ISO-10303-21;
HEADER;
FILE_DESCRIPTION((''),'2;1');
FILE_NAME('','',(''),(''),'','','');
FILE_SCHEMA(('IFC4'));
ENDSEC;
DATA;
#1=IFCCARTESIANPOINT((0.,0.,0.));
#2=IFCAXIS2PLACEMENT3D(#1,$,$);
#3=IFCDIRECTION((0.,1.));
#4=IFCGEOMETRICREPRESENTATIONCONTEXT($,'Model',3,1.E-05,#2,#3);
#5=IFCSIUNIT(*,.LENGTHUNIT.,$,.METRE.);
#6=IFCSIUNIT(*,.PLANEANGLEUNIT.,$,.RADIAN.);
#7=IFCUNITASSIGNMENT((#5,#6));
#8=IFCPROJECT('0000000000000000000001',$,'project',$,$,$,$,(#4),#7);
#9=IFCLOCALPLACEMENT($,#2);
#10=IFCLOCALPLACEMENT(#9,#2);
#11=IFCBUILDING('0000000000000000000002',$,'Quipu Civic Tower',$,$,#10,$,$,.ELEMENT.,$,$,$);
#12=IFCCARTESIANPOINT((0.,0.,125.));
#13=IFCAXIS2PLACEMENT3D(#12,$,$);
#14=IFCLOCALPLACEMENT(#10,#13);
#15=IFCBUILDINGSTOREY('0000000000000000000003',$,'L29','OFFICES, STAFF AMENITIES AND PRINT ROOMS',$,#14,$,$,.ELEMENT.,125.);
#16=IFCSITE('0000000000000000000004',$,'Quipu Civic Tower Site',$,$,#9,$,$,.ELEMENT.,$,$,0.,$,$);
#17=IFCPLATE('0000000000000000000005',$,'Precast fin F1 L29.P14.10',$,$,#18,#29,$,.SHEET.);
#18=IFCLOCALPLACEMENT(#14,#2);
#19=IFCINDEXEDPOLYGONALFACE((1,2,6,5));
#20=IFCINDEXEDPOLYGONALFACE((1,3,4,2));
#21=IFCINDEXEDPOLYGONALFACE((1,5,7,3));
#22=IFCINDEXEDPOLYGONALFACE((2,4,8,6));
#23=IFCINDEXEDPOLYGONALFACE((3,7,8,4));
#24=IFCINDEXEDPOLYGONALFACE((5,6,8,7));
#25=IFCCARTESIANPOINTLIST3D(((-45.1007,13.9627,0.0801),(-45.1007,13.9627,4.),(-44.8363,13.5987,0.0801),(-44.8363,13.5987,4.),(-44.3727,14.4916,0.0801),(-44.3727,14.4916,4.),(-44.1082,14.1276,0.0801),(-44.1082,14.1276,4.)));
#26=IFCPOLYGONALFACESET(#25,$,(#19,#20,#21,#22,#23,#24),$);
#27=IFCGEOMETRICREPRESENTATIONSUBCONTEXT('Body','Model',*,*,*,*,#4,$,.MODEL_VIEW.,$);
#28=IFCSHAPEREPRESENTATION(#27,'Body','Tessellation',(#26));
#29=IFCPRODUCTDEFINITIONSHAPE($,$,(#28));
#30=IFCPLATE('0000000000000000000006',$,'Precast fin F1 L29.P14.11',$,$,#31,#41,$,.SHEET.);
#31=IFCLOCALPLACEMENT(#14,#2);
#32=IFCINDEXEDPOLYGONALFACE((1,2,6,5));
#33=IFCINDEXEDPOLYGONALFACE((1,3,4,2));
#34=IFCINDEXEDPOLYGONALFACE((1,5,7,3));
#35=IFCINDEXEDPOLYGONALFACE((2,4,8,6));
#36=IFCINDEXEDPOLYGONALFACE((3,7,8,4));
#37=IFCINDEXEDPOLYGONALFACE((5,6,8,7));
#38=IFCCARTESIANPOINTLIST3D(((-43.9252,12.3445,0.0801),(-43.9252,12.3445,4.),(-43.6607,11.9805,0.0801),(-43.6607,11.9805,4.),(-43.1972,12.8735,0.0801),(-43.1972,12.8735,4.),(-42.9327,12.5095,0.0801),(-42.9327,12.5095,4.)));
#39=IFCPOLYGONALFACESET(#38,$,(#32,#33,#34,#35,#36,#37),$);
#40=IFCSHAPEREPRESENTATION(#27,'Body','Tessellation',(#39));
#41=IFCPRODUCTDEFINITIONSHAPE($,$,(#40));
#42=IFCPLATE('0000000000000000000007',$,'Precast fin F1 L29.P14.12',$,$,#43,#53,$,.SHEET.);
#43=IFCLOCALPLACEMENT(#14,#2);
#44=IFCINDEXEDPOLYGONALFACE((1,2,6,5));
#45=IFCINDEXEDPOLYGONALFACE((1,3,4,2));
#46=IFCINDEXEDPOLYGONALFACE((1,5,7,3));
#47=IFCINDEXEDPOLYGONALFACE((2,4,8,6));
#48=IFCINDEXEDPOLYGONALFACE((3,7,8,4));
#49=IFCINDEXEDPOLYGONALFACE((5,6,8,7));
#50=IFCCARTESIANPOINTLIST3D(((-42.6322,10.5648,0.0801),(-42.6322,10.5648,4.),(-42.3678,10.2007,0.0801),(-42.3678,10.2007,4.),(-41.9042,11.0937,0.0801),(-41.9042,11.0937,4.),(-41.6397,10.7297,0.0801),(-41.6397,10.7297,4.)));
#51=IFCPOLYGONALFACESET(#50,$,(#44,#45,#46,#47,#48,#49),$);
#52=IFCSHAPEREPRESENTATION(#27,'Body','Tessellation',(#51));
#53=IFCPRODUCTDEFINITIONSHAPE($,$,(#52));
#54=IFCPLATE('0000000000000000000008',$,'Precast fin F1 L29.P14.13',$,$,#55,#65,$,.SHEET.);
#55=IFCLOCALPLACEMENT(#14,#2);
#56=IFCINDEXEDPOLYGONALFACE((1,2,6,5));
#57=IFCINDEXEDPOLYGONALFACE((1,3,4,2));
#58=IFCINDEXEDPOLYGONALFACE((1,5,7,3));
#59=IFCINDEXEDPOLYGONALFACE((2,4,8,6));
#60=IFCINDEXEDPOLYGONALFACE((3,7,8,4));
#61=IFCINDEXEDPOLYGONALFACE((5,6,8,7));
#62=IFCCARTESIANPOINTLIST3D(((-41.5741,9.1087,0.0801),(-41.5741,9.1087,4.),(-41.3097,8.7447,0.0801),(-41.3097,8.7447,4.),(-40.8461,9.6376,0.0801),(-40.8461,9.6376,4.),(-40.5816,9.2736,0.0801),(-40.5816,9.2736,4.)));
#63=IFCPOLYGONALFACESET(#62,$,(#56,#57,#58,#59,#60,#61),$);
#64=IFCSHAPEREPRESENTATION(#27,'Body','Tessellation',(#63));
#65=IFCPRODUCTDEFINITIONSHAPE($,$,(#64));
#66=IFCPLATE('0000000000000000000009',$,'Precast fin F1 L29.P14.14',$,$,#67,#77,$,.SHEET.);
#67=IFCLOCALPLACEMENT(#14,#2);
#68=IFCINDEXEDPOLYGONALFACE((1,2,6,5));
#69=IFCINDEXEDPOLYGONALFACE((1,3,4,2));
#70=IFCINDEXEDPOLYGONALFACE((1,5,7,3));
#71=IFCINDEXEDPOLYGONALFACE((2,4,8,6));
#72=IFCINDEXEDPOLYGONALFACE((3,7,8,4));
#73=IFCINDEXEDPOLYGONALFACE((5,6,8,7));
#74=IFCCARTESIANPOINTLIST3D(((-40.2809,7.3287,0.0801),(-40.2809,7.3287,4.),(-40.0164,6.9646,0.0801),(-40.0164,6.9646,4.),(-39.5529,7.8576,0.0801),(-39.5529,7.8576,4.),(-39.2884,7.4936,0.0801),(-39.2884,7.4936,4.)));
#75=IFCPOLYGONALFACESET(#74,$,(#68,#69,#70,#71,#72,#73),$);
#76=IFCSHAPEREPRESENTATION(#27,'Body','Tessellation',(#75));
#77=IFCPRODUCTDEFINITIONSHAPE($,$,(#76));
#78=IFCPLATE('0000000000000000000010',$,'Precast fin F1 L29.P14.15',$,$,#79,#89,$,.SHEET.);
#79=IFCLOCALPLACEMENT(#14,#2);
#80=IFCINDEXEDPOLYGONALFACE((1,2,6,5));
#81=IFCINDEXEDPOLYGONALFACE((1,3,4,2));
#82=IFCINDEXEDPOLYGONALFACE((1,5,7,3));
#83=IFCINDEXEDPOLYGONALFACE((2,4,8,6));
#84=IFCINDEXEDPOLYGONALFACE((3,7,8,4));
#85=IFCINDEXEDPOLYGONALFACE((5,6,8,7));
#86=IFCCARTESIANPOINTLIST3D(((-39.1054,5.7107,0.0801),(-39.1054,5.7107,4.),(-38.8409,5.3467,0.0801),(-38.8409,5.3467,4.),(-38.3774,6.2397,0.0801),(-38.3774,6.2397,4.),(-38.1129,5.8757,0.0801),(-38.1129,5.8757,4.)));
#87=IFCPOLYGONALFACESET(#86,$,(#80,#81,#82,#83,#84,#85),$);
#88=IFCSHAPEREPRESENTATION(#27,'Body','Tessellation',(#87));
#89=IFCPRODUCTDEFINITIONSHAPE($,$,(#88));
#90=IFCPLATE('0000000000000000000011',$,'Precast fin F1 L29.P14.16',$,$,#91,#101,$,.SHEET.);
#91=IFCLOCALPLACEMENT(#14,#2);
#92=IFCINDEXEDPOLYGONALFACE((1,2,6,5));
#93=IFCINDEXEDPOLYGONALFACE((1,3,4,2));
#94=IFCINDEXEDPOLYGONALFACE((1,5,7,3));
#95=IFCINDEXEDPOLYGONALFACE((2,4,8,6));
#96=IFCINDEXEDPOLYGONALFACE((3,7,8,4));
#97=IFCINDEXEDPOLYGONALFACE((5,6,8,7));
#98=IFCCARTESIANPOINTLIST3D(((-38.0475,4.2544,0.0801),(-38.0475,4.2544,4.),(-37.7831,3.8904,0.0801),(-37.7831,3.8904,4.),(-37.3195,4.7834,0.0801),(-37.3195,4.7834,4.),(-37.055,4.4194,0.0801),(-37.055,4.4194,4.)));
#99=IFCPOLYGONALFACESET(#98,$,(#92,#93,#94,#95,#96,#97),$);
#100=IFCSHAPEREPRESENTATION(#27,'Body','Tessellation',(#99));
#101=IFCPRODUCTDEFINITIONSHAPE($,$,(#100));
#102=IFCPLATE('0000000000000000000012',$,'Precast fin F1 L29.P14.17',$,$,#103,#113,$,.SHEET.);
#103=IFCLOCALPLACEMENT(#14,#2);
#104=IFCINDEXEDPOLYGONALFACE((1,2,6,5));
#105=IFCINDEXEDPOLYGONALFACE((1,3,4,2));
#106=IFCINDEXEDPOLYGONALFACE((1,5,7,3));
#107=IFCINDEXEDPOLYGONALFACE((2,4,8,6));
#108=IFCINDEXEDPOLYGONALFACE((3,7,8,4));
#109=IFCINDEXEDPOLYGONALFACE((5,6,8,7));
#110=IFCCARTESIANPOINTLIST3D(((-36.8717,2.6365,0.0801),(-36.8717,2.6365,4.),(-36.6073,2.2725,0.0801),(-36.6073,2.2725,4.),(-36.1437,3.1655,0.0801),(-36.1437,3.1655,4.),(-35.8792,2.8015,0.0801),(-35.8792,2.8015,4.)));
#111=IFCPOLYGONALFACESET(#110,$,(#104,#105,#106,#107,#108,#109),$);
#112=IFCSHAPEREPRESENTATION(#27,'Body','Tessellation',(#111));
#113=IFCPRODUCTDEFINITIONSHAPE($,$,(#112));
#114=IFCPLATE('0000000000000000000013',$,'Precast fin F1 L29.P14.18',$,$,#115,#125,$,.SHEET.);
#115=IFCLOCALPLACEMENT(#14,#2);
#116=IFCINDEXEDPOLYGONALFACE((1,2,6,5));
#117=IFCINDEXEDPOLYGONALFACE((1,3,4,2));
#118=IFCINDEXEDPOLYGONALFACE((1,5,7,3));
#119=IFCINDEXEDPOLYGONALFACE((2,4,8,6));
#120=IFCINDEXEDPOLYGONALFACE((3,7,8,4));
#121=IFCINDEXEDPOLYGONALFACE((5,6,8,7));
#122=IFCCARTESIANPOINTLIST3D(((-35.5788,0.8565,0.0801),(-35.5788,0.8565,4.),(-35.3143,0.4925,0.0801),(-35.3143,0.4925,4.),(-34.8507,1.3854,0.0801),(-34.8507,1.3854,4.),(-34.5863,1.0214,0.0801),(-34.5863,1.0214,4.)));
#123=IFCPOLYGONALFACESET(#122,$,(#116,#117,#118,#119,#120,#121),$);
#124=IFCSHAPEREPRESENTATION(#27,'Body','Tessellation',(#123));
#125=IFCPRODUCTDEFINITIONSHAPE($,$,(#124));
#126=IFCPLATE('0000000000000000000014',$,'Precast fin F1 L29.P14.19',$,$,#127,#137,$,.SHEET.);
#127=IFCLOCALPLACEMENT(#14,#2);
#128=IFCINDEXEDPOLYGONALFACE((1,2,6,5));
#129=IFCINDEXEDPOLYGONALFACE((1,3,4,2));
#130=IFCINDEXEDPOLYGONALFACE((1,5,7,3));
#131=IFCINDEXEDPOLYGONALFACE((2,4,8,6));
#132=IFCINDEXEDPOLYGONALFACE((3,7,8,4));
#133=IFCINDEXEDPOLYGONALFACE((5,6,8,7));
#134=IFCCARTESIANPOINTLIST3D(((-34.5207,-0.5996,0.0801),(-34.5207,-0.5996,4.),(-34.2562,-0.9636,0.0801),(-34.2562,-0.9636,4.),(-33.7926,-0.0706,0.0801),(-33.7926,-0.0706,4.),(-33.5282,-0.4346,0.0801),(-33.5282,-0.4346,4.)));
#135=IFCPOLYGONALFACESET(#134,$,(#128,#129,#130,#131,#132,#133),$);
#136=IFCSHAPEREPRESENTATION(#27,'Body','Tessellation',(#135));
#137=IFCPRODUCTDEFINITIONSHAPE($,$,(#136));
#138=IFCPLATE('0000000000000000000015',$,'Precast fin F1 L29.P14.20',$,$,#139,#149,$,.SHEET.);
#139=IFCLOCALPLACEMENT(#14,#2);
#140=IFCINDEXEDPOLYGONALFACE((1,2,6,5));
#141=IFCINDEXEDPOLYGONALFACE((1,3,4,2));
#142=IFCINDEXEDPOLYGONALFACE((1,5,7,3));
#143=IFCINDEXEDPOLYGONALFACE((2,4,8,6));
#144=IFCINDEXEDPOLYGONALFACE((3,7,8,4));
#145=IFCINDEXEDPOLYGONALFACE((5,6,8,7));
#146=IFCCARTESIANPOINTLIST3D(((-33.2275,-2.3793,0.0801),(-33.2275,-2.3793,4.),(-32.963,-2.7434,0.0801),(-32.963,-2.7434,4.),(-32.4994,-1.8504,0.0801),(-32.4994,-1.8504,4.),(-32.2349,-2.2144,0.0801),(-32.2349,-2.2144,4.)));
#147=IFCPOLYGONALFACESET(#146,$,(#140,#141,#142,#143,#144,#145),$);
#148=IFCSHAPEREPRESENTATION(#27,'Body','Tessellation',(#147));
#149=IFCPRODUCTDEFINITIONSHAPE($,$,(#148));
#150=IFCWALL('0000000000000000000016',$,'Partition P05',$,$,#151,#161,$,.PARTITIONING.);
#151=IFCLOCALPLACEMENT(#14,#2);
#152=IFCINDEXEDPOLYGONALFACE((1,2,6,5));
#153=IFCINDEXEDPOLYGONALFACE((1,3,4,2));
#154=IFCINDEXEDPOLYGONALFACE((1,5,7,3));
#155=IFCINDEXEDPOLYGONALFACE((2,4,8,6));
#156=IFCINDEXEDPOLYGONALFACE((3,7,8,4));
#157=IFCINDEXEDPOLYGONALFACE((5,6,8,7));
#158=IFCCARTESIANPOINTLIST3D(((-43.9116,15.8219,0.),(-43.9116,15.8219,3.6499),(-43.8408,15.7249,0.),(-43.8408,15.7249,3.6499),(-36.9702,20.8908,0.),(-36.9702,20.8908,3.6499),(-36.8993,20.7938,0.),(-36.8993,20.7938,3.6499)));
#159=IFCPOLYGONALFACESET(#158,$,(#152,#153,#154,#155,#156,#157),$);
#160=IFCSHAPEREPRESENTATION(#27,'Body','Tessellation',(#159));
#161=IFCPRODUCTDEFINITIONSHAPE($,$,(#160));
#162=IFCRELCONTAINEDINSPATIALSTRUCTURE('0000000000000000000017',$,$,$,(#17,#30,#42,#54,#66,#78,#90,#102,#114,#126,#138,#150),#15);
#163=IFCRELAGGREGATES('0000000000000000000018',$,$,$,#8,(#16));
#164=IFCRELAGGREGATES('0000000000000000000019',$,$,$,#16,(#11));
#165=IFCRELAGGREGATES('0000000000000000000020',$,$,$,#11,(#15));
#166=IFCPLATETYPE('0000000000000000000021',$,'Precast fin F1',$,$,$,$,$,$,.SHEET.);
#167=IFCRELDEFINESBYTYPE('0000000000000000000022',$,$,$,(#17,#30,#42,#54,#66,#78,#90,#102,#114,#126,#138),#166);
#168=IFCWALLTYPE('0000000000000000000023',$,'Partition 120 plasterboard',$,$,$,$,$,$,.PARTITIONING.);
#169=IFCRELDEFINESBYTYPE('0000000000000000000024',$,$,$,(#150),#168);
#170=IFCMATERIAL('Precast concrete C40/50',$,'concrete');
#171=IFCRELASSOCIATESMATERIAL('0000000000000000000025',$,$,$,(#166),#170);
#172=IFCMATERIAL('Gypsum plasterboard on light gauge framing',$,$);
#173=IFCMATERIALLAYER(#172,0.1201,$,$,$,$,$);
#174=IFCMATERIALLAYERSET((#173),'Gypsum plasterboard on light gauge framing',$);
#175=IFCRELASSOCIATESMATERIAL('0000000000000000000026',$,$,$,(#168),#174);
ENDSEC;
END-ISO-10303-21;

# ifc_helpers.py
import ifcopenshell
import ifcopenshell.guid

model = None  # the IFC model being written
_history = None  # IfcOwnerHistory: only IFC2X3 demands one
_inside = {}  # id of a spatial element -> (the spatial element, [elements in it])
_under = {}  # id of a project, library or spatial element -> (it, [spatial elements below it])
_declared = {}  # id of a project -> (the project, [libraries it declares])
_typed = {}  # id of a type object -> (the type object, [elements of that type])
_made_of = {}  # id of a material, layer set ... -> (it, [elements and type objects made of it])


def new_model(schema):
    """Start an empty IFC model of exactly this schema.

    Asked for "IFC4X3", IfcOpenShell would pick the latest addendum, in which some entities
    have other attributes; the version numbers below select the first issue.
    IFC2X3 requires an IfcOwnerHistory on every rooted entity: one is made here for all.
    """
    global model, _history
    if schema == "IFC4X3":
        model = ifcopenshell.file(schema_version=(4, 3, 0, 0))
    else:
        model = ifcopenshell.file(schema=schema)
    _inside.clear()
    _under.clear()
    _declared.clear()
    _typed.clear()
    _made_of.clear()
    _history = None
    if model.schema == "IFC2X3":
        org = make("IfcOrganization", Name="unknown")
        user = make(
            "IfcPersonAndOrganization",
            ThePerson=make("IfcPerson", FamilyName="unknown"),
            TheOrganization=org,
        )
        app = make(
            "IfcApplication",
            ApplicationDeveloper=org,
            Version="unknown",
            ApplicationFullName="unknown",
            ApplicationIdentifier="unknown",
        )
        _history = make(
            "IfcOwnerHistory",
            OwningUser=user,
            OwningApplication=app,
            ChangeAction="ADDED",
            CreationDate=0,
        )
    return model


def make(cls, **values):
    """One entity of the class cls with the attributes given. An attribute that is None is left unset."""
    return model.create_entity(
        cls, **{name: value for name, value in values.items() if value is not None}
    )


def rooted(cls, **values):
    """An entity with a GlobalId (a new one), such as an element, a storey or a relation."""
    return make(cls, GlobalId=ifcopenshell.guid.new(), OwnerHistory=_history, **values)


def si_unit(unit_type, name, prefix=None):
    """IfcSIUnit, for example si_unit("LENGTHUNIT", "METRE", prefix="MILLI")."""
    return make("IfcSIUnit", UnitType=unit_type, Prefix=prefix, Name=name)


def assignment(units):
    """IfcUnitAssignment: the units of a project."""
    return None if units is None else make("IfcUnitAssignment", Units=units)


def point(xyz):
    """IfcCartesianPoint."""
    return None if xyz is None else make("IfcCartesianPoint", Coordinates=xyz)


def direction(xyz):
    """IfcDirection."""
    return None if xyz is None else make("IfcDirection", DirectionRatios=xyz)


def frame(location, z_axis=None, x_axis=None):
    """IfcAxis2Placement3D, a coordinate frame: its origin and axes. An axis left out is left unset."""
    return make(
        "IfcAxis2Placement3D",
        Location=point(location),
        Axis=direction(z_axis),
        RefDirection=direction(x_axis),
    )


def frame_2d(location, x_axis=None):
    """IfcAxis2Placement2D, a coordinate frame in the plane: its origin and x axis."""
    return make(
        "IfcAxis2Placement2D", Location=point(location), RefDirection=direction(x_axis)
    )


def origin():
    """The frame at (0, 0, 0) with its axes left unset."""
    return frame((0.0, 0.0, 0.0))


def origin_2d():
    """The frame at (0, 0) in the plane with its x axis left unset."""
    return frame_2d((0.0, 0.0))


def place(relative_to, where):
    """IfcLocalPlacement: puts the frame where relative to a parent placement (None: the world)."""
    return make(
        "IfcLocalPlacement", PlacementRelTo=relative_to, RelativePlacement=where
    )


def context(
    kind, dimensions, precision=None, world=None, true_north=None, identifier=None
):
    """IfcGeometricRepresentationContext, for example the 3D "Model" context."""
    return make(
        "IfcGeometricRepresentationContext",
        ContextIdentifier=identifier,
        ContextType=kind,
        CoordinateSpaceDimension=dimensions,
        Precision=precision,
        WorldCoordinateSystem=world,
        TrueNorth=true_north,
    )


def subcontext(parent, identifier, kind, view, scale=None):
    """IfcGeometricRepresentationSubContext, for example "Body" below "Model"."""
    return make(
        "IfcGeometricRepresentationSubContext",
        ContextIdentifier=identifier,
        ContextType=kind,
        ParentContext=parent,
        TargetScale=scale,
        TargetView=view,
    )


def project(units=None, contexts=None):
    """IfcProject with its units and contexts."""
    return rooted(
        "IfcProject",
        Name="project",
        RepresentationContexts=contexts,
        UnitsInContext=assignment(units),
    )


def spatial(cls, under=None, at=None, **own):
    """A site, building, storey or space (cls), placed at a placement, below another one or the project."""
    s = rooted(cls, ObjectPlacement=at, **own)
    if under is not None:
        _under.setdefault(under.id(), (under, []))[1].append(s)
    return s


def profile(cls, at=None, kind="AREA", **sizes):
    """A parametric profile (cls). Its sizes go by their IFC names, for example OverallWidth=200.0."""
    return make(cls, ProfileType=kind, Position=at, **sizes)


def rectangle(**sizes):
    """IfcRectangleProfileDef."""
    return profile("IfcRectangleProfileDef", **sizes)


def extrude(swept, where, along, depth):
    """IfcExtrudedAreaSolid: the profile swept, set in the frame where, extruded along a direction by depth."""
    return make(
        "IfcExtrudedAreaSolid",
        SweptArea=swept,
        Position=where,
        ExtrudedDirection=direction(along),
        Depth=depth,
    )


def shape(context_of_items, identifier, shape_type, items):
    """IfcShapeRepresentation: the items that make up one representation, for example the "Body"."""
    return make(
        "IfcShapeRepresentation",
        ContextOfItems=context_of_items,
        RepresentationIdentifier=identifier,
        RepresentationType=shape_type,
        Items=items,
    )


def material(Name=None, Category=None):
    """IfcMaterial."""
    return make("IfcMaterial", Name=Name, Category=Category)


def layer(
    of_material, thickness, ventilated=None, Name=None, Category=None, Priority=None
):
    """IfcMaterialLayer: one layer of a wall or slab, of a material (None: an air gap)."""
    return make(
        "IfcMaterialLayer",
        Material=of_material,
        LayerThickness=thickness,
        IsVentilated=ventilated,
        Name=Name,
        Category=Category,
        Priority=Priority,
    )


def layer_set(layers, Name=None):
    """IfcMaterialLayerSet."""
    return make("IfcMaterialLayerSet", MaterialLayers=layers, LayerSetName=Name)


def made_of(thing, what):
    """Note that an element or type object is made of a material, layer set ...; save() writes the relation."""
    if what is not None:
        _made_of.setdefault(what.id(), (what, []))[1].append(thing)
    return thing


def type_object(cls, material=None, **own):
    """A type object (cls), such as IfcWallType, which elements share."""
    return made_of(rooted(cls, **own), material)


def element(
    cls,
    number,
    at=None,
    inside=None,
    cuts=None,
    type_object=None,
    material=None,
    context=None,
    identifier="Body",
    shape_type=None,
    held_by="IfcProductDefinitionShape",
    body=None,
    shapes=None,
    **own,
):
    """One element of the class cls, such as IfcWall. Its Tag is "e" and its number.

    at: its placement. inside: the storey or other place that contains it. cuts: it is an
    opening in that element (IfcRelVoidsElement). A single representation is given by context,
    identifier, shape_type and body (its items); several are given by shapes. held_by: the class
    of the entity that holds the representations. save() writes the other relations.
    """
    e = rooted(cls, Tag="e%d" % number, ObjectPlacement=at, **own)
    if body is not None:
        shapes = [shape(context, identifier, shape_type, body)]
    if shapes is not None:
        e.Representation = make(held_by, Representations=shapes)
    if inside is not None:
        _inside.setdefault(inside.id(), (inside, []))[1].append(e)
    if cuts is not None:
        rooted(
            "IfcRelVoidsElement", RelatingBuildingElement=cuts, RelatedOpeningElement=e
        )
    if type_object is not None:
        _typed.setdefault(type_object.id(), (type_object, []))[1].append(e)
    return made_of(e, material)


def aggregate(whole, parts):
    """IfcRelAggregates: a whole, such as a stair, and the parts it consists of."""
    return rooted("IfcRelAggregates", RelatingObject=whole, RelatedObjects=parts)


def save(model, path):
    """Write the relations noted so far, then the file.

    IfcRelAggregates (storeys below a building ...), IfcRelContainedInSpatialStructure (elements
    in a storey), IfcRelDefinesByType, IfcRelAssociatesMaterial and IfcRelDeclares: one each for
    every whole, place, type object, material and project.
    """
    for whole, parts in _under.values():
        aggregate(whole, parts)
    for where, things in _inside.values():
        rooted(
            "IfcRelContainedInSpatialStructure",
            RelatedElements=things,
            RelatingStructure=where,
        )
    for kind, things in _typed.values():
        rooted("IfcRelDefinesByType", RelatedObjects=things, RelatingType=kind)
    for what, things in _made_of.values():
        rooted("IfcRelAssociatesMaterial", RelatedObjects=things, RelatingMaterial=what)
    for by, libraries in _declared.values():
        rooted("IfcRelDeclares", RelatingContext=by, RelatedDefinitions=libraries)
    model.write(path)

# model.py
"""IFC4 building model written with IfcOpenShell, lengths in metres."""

from ifc_helpers import new_model, si_unit, direction, frame, frame_2d, origin, origin_2d, place, context, subcontext, project, spatial, rectangle, extrude, material, layer, layer_set, type_object, element, save


model = new_model("IFC4")

# Units and contexts
model_context = context("Model", 3, precision=1e-05, world=origin(), true_north=direction((0.0, 1.0)))
body_context = subcontext(model_context, "Body", "Model", "MODEL_VIEW")
ifc_project = project(units=[si_unit("LENGTHUNIT", "METRE"), si_unit("PLANEANGLEUNIT", "RADIAN")], contexts=[model_context])

# Site, building, storey
site_placement = place(None, origin())
site = spatial("IfcSite", under=ifc_project, at=site_placement, Name="Quipu Civic Tower Site", CompositionType="ELEMENT", RefElevation=0.0)
building_placement = place(site_placement, origin())
building = spatial("IfcBuilding", under=site, at=building_placement, Name="Quipu Civic Tower", CompositionType="ELEMENT")
storey_placement = place(building_placement, frame((0.0, 0.0, 125.0)))
storey = spatial("IfcBuildingStorey", under=building, at=storey_placement, Name="L29", Description="OFFICES, STAFF AMENITIES AND PRINT ROOMS", CompositionType="ELEMENT", Elevation=125.0)

# Plates
ifc_material_1 = material(Name="Precast concrete C40/50", Category="concrete")
plate_type_1 = type_object("IfcPlateType", Name="Precast fin F1", PredefinedType="SHEET", material=ifc_material_1)
for number, where, z_axis, x_axis, name in (
    (1, (-44.6045, 14.0452, 0.0801), (0.0, 0.0, 1.0), (0.587786, -0.809017, 0.0), "Precast fin F1 L29.P14.10"),
    (2, (-43.429, 12.427, 0.0801), (0.0, 0.0, 1.0), (0.587786, -0.809017, 0.0), "Precast fin F1 L29.P14.11"),
    (3, (-42.136, 10.6472, 0.0801), (0.0, 0.0, 1.0), (0.587786, -0.809017, 0.0), "Precast fin F1 L29.P14.12"),
    (4, (-41.0779, 9.1912, 0.0801), (0.0, 0.0, 1.0), (0.587786, -0.809017, 0.0), "Precast fin F1 L29.P14.13"),
    (5, (-39.7847, 7.4111, 0.0801), (0.0, 0.0, 1.0), (0.587786, -0.809017, 0.0), "Precast fin F1 L29.P14.14"),
    (6, (-38.6091, 5.7932, 0.0801), (0.0, 0.0, 1.0), (0.587786, -0.809017, 0.0), "Precast fin F1 L29.P14.15"),
    (7, (-37.5513, 4.3369, 0.0801), (0.0, 0.0, 1.0), (0.587786, -0.809017, 0.0), "Precast fin F1 L29.P14.16"),
    (8, (-36.3755, 2.719, 0.0801), (0.0, 0.0, 1.0), (0.587786, -0.809017, 0.0), "Precast fin F1 L29.P14.17"),
    (9, (-35.0825, 0.939, 0.0801), (0.0, 0.0, 1.0), (0.587786, -0.809017, 0.0), "Precast fin F1 L29.P14.18"),
    (10, (-34.0244, -0.5171, 0.0801), (0.0, 0.0, 1.0), (0.587786, -0.809017, 0.0), "Precast fin F1 L29.P14.19"),
    (11, (-32.7312, -2.2969, 0.0801), (0.0, 0.0, 1.0), (0.587786, -0.809017, 0.0), "Precast fin F1 L29.P14.20"),
):
    element("IfcPlate", number, at=place(storey_placement, frame(where, z_axis=z_axis, x_axis=x_axis)), inside=storey, type_object=plate_type_1, Name=name, PredefinedType="SHEET", context=body_context, shape_type="SweptSolid", body=[
        extrude(rectangle(XDim=0.45, YDim=0.8999, at=origin_2d()), origin(), (0.0, 0.0, 1.0), 3.9199),
    ])

# Wall
ifc_material_2 = material(Name="Gypsum plasterboard on light gauge framing")
ifc_layer_1 = layer(ifc_material_2, 0.1201)
ifc_layer_set_1 = layer_set([ifc_layer_1], Name="Gypsum plasterboard on light gauge framing")
wall_type = type_object("IfcWallType", Name="Partition 120 plasterboard", PredefinedType="PARTITIONING", material=ifc_layer_set_1)
wall_placement = place(storey_placement, frame((-43.8762, 15.7734, 0.0), z_axis=(0.0, 0.0, 1.0), x_axis=(0.807597, 0.589735, 0.0)))
element("IfcWall", 12, at=wall_placement, inside=storey, type_object=wall_type, Name="Partition P05", PredefinedType="PARTITIONING", context=body_context, shape_type="SweptSolid", body=[
    extrude(rectangle(XDim=8.5952, YDim=0.1201, at=frame_2d((4.2976, 0.0))), origin(), (0.0, 0.0, 1.0), 3.6499),
])

save(model, "model.ifc")
